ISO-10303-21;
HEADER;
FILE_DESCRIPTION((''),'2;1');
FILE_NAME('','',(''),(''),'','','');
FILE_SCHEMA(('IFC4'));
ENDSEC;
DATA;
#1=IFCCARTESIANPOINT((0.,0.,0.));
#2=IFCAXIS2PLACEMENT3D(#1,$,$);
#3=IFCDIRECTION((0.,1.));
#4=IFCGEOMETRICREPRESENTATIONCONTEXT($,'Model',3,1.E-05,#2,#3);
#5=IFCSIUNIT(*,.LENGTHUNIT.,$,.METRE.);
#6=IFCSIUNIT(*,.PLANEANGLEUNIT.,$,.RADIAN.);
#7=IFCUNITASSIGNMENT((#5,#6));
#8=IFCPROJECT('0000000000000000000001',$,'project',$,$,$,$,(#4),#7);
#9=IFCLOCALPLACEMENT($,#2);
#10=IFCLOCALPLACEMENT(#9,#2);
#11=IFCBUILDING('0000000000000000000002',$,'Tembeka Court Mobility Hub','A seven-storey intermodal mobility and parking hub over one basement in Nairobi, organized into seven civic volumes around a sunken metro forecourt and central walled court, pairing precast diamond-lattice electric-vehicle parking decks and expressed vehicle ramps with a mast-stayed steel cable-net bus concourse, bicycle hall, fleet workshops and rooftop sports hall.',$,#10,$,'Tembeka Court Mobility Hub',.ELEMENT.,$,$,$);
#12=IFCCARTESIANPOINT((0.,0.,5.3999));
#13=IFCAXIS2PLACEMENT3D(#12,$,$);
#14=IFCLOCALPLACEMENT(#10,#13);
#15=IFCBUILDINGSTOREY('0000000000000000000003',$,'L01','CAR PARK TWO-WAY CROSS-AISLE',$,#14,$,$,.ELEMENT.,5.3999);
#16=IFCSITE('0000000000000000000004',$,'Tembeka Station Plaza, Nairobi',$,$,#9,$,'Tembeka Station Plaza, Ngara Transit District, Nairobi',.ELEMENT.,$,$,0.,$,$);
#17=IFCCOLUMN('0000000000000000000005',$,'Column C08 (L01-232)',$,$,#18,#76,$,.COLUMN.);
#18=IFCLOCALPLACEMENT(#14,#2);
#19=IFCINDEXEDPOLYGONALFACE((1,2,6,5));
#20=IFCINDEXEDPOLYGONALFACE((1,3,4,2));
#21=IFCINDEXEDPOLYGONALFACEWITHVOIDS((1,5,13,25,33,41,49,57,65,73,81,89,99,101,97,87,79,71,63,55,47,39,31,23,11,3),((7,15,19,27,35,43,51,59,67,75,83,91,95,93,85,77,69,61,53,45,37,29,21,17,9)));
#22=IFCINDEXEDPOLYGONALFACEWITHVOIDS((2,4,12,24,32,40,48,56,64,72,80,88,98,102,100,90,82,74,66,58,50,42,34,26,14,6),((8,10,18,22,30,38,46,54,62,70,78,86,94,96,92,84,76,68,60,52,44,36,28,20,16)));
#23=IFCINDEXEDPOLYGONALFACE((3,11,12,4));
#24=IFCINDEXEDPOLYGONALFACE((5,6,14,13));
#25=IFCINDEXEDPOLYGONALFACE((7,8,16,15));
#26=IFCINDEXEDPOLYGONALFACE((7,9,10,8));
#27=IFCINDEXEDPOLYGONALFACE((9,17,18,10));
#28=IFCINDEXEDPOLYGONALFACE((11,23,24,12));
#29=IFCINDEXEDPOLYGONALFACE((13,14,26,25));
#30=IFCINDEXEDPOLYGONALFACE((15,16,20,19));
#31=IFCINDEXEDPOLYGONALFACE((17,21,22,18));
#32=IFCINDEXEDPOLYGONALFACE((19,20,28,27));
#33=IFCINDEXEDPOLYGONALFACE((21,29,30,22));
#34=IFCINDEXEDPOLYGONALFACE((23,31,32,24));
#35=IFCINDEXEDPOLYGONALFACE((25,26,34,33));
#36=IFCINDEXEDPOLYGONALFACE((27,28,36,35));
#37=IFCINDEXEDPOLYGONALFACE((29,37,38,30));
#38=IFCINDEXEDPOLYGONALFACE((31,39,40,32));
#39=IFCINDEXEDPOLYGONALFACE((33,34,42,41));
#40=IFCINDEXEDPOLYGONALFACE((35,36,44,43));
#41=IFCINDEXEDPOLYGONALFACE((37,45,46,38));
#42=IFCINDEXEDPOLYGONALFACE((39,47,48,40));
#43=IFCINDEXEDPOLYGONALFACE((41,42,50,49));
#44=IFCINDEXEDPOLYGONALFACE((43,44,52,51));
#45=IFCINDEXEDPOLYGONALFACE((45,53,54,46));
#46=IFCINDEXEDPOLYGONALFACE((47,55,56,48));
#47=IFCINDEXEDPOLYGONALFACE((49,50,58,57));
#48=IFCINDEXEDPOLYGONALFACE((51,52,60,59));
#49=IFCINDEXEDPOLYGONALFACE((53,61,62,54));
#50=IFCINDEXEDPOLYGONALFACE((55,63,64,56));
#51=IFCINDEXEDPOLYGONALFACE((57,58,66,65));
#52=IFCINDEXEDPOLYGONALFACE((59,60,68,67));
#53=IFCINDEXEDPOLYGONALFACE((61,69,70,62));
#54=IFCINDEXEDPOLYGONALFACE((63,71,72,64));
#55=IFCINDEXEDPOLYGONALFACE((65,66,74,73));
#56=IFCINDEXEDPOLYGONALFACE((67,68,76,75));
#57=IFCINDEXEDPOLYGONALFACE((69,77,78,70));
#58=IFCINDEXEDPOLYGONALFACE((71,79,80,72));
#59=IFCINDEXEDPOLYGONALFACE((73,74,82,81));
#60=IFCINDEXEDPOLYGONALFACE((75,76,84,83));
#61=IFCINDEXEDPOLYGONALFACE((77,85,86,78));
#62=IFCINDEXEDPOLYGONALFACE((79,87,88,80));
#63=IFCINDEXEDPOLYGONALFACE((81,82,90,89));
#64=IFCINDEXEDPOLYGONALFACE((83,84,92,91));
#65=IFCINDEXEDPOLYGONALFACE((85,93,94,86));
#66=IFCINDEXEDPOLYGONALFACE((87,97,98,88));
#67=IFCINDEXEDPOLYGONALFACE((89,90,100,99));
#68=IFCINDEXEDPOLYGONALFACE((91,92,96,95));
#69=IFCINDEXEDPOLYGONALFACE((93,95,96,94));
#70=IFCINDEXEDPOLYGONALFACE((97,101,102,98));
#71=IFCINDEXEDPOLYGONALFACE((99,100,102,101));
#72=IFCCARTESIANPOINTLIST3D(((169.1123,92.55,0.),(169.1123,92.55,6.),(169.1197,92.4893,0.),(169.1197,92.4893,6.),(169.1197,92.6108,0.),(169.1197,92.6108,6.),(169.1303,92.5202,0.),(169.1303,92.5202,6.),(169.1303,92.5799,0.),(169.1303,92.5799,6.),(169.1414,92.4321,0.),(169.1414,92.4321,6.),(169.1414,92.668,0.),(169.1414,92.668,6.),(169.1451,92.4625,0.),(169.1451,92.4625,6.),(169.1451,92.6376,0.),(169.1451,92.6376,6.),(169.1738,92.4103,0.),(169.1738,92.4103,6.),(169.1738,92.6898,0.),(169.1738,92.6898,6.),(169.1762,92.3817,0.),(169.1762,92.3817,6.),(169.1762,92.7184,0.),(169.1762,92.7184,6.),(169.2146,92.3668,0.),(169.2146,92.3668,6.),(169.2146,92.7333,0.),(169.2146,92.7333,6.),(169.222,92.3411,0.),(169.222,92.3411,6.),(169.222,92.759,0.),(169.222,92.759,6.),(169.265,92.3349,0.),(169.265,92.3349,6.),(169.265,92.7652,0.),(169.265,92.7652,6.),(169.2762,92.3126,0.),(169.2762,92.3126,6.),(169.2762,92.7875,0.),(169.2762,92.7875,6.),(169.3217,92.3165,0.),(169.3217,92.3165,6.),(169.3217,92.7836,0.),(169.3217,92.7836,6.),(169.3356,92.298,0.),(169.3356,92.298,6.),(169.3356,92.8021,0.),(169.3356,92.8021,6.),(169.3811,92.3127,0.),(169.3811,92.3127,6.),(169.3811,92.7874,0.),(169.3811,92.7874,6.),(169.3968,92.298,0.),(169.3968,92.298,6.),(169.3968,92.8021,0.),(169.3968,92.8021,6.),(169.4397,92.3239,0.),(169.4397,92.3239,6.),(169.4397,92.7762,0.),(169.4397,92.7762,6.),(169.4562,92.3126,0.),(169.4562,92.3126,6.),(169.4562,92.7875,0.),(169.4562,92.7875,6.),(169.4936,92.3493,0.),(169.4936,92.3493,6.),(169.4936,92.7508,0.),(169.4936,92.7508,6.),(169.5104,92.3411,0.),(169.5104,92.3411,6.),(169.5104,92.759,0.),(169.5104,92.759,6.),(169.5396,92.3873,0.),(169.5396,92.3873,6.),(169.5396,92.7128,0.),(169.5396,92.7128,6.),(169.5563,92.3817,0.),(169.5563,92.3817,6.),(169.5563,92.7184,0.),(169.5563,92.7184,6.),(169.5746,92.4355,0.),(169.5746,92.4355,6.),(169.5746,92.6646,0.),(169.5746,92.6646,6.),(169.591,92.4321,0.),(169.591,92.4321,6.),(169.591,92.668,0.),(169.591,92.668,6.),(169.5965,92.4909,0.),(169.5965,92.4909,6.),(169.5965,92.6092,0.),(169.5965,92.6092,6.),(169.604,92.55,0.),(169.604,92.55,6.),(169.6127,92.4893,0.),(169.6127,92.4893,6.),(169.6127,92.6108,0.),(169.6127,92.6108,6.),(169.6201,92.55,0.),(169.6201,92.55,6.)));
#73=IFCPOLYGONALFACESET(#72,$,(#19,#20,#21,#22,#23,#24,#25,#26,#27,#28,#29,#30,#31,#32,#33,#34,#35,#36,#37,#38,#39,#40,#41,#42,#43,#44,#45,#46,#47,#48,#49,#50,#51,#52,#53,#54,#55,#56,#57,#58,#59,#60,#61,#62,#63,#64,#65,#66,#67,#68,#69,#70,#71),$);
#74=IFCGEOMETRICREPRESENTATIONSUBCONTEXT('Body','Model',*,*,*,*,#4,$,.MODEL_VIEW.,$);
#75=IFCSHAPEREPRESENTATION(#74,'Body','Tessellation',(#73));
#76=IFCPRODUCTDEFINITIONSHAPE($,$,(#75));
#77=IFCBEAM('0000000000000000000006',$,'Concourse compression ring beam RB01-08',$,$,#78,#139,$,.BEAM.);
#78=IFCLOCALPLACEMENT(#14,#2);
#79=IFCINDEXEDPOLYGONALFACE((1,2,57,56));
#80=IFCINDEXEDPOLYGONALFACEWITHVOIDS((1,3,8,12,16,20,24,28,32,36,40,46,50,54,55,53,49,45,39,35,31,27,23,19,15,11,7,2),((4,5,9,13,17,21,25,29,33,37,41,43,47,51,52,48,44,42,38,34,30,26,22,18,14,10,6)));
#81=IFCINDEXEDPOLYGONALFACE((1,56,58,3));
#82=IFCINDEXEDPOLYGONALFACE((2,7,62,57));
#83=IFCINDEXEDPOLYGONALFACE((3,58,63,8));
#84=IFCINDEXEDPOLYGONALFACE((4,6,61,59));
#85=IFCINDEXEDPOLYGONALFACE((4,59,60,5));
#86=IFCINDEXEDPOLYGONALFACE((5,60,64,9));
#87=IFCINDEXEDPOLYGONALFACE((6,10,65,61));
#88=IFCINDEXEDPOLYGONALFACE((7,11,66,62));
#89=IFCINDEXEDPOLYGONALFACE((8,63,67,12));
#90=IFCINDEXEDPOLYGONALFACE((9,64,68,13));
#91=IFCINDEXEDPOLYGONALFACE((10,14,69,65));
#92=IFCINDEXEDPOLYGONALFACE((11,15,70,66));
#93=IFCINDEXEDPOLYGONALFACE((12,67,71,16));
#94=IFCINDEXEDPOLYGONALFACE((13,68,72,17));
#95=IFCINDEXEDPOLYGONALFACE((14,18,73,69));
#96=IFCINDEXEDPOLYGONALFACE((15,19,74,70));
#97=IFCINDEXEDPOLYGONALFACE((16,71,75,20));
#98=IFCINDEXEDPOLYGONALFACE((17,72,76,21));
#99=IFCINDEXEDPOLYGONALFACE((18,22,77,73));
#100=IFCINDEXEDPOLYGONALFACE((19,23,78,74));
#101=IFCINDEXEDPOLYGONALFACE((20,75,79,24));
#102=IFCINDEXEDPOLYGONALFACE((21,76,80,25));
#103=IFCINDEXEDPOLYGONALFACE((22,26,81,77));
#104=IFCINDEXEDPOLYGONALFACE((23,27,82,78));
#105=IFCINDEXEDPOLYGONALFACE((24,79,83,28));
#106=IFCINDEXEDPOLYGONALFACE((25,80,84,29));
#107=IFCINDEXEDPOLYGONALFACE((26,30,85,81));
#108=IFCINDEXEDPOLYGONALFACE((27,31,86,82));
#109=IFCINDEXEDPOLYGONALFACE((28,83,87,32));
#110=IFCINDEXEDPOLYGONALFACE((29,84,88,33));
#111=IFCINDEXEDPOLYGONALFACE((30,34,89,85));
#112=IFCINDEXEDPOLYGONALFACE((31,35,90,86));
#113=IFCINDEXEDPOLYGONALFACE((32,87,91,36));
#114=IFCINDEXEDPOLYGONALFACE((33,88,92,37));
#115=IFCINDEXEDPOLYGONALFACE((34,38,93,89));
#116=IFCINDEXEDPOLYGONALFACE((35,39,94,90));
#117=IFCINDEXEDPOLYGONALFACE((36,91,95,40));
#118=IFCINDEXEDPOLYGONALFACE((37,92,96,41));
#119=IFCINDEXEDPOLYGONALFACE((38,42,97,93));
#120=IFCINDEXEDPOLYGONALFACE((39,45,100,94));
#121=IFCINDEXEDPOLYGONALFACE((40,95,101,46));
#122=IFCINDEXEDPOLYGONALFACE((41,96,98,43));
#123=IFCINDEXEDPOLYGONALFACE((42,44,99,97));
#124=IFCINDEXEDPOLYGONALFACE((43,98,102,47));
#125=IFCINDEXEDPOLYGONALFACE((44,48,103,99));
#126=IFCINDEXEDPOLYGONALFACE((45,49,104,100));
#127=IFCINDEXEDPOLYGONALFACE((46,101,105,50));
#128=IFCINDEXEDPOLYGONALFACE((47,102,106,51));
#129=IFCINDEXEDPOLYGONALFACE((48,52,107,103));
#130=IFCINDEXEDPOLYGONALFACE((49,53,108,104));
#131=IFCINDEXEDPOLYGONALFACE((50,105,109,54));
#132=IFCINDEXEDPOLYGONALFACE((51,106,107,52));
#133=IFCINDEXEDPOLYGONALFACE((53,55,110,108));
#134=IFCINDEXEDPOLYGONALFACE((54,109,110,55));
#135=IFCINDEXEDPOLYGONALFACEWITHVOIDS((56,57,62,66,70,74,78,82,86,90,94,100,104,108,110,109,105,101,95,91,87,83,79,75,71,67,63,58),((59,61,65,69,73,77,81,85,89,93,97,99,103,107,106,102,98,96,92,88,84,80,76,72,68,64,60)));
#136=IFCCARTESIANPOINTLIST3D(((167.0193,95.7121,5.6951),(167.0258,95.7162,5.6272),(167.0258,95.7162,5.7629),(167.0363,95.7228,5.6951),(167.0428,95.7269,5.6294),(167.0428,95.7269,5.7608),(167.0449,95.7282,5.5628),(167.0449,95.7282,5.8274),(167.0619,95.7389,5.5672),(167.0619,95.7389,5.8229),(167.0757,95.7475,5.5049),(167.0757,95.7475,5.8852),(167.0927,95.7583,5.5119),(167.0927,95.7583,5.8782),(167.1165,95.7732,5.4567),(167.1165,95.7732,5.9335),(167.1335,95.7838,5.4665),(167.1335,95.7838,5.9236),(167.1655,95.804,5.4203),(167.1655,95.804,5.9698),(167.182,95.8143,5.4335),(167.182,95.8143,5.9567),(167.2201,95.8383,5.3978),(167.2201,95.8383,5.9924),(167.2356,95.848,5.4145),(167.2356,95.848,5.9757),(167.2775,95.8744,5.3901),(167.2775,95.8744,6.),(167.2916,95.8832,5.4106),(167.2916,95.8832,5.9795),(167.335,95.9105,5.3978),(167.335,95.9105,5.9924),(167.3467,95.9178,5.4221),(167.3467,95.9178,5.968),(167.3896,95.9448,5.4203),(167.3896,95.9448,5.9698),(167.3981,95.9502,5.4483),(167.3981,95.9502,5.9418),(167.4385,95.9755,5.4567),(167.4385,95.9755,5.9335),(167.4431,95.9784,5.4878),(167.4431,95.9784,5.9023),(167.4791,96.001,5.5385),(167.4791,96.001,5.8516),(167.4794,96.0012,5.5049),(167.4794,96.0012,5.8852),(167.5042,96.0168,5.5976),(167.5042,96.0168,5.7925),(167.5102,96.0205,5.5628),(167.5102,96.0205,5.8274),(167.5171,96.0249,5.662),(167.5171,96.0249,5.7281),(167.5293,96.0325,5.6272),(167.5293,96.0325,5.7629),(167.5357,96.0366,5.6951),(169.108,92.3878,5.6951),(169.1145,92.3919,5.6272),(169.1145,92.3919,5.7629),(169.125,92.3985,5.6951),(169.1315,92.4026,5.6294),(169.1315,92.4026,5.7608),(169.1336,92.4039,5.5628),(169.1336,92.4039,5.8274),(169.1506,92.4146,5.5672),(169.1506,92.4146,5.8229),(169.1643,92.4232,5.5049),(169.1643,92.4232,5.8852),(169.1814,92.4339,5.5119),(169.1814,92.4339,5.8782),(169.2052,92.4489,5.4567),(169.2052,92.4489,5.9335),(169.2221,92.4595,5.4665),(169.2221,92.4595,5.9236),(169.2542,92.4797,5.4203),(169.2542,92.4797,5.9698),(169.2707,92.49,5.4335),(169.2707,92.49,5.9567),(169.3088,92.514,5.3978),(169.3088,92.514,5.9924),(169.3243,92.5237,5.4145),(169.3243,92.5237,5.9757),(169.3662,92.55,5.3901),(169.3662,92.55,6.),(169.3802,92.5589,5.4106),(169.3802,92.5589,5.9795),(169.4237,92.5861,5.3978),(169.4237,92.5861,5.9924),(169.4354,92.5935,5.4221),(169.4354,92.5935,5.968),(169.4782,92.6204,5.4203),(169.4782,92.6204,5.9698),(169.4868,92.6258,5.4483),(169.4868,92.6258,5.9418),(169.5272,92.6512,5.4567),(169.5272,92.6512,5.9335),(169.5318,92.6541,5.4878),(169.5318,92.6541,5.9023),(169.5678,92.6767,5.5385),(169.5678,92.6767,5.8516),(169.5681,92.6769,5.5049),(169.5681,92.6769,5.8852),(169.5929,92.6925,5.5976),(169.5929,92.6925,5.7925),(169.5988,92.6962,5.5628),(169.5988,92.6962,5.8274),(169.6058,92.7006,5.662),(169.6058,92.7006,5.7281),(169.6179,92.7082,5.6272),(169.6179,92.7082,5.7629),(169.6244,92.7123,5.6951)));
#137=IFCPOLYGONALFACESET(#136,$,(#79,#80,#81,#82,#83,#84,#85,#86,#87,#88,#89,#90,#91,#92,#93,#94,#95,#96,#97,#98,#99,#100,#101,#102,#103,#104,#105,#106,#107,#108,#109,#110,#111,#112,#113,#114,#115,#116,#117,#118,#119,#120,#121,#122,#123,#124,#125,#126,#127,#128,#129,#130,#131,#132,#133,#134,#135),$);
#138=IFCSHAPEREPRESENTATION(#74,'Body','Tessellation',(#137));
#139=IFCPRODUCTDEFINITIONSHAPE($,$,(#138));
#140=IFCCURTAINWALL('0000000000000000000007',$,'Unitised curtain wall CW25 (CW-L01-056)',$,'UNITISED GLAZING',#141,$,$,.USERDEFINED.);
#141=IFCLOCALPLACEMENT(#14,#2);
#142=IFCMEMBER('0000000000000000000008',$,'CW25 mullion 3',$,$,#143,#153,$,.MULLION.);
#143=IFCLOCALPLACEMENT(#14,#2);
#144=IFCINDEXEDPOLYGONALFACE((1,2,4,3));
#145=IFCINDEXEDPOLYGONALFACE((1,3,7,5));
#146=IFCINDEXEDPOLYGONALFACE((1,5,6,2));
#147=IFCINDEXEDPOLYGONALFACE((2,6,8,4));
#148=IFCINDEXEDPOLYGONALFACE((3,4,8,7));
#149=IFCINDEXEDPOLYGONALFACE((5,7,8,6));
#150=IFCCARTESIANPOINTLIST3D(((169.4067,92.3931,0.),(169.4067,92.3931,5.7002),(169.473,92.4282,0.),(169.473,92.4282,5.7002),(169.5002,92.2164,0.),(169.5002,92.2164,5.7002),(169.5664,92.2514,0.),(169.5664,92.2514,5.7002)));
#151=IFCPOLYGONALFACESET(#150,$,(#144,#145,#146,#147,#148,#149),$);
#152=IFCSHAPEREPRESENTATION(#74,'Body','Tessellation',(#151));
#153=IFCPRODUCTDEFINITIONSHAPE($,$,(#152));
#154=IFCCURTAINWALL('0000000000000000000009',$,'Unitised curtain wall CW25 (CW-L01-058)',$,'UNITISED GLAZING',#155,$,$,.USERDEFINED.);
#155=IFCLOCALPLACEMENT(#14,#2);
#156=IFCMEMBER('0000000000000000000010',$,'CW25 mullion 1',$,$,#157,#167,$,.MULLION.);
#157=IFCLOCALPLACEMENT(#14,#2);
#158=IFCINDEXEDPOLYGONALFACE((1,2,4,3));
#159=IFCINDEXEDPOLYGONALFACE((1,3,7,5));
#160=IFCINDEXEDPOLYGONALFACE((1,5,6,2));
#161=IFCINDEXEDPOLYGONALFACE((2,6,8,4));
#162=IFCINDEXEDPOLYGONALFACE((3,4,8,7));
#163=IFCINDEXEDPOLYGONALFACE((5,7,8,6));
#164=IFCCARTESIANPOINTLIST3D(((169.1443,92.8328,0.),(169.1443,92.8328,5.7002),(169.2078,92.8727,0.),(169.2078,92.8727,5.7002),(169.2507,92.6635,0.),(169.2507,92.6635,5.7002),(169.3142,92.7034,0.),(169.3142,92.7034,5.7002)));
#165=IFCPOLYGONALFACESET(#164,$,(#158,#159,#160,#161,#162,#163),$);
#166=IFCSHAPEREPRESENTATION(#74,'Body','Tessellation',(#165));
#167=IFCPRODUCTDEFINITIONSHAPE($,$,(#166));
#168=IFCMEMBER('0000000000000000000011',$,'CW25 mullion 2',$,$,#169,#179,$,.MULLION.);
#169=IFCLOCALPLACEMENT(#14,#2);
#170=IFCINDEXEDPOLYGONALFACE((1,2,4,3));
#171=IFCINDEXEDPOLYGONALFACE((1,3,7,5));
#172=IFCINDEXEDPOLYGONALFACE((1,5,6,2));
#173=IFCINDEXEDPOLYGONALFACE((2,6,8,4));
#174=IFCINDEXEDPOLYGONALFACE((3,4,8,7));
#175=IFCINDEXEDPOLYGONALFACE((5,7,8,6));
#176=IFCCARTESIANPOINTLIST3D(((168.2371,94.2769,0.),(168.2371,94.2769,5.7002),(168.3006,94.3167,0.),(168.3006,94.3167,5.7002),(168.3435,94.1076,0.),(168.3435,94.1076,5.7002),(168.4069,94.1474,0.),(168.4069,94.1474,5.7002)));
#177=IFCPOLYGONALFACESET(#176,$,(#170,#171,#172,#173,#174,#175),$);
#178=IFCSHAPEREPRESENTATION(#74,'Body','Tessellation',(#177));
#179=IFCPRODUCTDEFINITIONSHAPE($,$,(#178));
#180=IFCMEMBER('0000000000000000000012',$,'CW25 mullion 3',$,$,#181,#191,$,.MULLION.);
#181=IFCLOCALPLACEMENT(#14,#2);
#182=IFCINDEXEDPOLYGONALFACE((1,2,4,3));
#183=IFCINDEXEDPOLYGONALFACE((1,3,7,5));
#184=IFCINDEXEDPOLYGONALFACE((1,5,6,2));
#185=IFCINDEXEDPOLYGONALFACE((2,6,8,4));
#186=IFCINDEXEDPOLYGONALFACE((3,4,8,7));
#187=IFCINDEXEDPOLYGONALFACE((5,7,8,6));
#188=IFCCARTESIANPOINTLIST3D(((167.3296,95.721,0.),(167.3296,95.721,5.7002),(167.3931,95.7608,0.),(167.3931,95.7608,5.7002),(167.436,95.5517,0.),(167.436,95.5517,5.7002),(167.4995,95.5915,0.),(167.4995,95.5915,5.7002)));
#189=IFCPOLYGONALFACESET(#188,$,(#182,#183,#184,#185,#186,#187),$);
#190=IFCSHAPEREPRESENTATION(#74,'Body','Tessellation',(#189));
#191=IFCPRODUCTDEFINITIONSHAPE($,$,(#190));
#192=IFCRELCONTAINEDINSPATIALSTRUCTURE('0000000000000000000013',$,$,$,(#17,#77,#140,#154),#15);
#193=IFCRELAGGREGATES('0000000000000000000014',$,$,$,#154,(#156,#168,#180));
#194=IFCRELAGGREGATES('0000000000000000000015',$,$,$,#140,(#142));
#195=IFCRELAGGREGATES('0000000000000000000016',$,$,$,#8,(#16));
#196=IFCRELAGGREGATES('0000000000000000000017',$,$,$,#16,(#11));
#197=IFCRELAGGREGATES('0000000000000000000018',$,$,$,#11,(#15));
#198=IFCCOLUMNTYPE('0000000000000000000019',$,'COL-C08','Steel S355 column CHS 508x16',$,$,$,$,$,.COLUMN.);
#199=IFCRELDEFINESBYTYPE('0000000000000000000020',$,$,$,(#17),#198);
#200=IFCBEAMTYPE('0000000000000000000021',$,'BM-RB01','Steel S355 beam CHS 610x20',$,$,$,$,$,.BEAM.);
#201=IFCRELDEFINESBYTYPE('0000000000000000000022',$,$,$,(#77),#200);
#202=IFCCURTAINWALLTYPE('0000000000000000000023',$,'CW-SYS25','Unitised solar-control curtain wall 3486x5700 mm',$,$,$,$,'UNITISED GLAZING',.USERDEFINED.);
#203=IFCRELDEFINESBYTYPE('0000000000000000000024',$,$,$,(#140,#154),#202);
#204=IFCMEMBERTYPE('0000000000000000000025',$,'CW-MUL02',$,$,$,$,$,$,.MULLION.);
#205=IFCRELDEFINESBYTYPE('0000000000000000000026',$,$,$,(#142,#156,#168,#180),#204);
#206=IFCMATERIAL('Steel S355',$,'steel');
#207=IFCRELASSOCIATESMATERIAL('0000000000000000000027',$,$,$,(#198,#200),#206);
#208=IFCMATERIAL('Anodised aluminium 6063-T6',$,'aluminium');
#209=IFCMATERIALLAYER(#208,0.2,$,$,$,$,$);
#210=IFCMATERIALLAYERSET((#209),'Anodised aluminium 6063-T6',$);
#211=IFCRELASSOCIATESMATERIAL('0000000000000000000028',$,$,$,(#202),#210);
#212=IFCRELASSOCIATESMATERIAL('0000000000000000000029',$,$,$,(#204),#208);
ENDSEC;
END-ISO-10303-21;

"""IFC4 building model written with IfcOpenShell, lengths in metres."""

from ifc_helpers import new_model, si_unit, direction, frame, origin, origin_2d, place, context, subcontext, project, spatial, rectangle, hollow_circle, extrude, material, layer, layer_set, material_profile, profile_set, type_object, element, aggregate, save


model = new_model("IFC4")

# Units and contexts
model_context = context("Model", 3, precision=1e-05, world=origin(), true_north=direction((0.0, 1.0)))
body_context = subcontext(model_context, "Body", "Model", "MODEL_VIEW")
ifc_project = project(units=[si_unit("LENGTHUNIT", "METRE"), si_unit("PLANEANGLEUNIT", "RADIAN")], contexts=[model_context])

# Site, building, storey
site_placement = place(None, origin())
site = spatial("IfcSite", under=ifc_project, at=site_placement, Name="Tembeka Station Plaza, Nairobi", LongName="Tembeka Station Plaza, Ngara Transit District, Nairobi", CompositionType="ELEMENT", RefElevation=0.0)
building_placement = place(site_placement, origin())
building = spatial("IfcBuilding", under=site, at=building_placement, Name="Tembeka Court Mobility Hub", Description="A seven-storey intermodal mobility and parking hub over one basement in Nairobi, organized into seven civic volumes around a sunken metro forecourt and central walled court, pairing precast diamond-lattice electric-vehicle parking decks and expressed vehicle ramps with a mast-stayed steel cable-net bus concourse, bicycle hall, fleet workshops and rooftop sports hall.", LongName="Tembeka Court Mobility Hub", CompositionType="ELEMENT")
storey_placement = place(building_placement, frame((0.0, 0.0, 5.3999)))
storey = spatial("IfcBuildingStorey", under=building, at=storey_placement, Name="L01", Description="CAR PARK TWO-WAY CROSS-AISLE", CompositionType="ELEMENT", Elevation=5.3999)

# Column
ifc_material_1 = material(Name="Steel S355", Category="steel")
ifc_material_profile_1 = material_profile(ifc_material_1, hollow_circle(Radius=0.2539, WallThickness=0.0161, at=origin_2d()), Name="CHS 508x16")
ifc_profile_set_1 = profile_set([ifc_material_profile_1], Name="Steel S355")
column_type = type_object("IfcColumnType", Name="COL-C08", Description="Steel S355 column CHS 508x16", PredefinedType="COLUMN", material=ifc_profile_set_1)
column_placement = place(storey_placement, frame((169.3662, 92.55, 0.0), z_axis=(0.0, 0.0, 1.0), x_axis=(1.0, 0.0, 0.0)))
element("IfcColumn", 1, at=column_placement, inside=storey, type_object=column_type, Name="Column C08 (L01-232)", PredefinedType="COLUMN", context=body_context, shape_type="SweptSolid", body=[
    extrude(hollow_circle(Radius=0.2539, WallThickness=0.0161, at=origin_2d()), origin(), (0.0, 0.0, 1.0), 6.0),
])

# Beam
ifc_material_profile_2 = material_profile(ifc_material_1, hollow_circle(Radius=0.3049, WallThickness=0.02, at=origin_2d()), Name="CHS 610x20")
ifc_profile_set_2 = profile_set([ifc_material_profile_2], Name="Steel S355")
beam_type = type_object("IfcBeamType", Name="BM-RB01", Description="Steel S355 beam CHS 610x20", PredefinedType="BEAM", material=ifc_profile_set_2)
beam_placement = place(storey_placement, frame((169.3662, 92.55, 5.6951), z_axis=(-0.53201, 0.846738, 0.0), x_axis=(-0.846738, -0.53201, 0.0)))
element("IfcBeam", 2, at=beam_placement, inside=storey, type_object=beam_type, Name="Concourse compression ring beam RB01-08", PredefinedType="BEAM", context=body_context, shape_type="SweptSolid", body=[
    extrude(hollow_circle(Radius=0.3049, WallThickness=0.02, at=origin_2d()), origin(), (0.0, 0.0, 1.0), 3.926),
])

# Curtain wall, member
ifc_material_2 = material(Name="Anodised aluminium 6063-T6", Category="aluminium")
ifc_layer_1 = layer(ifc_material_2, 0.2)
ifc_layer_set_1 = layer_set([ifc_layer_1], Name="Anodised aluminium 6063-T6")
curtain_wall_type = type_object("IfcCurtainWallType", Name="CW-SYS25", Description="Unitised solar-control curtain wall 3486x5700 mm", ElementType="UNITISED GLAZING", PredefinedType="USERDEFINED", material=ifc_layer_set_1)
curtain_wall_1_placement = place(storey_placement, origin())
curtain_wall_1 = element("IfcCurtainWall", 3, at=curtain_wall_1_placement, inside=storey, type_object=curtain_wall_type, Name="Unitised curtain wall CW25 (CW-L01-056)", ObjectType="UNITISED GLAZING", PredefinedType="USERDEFINED")
ifc_material_profile_3 = material_profile(ifc_material_2, rectangle(XDim=0.075, YDim=0.2, at=origin_2d()), Name="ALU-MUL 75x200")
ifc_profile_set_3 = profile_set([ifc_material_profile_3], Name="Anodised aluminium 6063-T6")
member_type_1 = type_object("IfcMemberType", Name="CW-MUL02", PredefinedType="MULLION", material=ifc_profile_set_3)
member_1_placement = place(storey_placement, frame((169.4866, 92.3223, 0.0), z_axis=(0.0, 0.0, 1.0), x_axis=(-0.884108, -0.467283, 0.0)))
member_1 = element("IfcMember", 4, at=member_1_placement, type_object=member_type_1, Name="CW25 mullion 3", PredefinedType="MULLION", context=body_context, shape_type="SweptSolid", body=[
    extrude(rectangle(XDim=0.075, YDim=0.2, at=origin_2d()), origin(), (0.0, 0.0, 1.0), 5.7002),
])

# Curtain wall, members
curtain_wall_2_placement = place(storey_placement, origin())
curtain_wall_2 = element("IfcCurtainWall", 5, at=curtain_wall_2_placement, inside=storey, type_object=curtain_wall_type, Name="Unitised curtain wall CW25 (CW-L01-058)", ObjectType="UNITISED GLAZING", PredefinedType="USERDEFINED")
member_2_placement = place(storey_placement, frame((169.2292, 92.7681, 0.0), z_axis=(0.0, 0.0, 1.0), x_axis=(-0.846708, -0.532058, 0.0)))
member_2 = element("IfcMember", 6, at=member_2_placement, type_object=member_type_1, Name="CW25 mullion 1", PredefinedType="MULLION", context=body_context, shape_type="SweptSolid", body=[
    extrude(rectangle(XDim=0.075, YDim=0.2, at=origin_2d()), origin(), (0.0, 0.0, 1.0), 5.7002),
])
member_3_placement = place(storey_placement, frame((168.322, 94.2122, 0.0), z_axis=(0.0, 0.0, 1.0), x_axis=(-0.846708, -0.532058, 0.0)))
member_3 = element("IfcMember", 7, at=member_3_placement, type_object=member_type_1, Name="CW25 mullion 2", PredefinedType="MULLION", context=body_context, shape_type="SweptSolid", body=[
    extrude(rectangle(XDim=0.075, YDim=0.2, at=origin_2d()), origin(), (0.0, 0.0, 1.0), 5.7002),
])
member_4_placement = place(storey_placement, frame((167.4146, 95.6562, 0.0), z_axis=(0.0, 0.0, 1.0), x_axis=(-0.846708, -0.532058, 0.0)))
member_4 = element("IfcMember", 8, at=member_4_placement, type_object=member_type_1, Name="CW25 mullion 3", PredefinedType="MULLION", context=body_context, shape_type="SweptSolid", body=[
    extrude(rectangle(XDim=0.075, YDim=0.2, at=origin_2d()), origin(), (0.0, 0.0, 1.0), 5.7002),
])
aggregate(curtain_wall_2, [member_2, member_3, member_4])

aggregate(curtain_wall_1, [member_1])

save(model, "model.ifc")
